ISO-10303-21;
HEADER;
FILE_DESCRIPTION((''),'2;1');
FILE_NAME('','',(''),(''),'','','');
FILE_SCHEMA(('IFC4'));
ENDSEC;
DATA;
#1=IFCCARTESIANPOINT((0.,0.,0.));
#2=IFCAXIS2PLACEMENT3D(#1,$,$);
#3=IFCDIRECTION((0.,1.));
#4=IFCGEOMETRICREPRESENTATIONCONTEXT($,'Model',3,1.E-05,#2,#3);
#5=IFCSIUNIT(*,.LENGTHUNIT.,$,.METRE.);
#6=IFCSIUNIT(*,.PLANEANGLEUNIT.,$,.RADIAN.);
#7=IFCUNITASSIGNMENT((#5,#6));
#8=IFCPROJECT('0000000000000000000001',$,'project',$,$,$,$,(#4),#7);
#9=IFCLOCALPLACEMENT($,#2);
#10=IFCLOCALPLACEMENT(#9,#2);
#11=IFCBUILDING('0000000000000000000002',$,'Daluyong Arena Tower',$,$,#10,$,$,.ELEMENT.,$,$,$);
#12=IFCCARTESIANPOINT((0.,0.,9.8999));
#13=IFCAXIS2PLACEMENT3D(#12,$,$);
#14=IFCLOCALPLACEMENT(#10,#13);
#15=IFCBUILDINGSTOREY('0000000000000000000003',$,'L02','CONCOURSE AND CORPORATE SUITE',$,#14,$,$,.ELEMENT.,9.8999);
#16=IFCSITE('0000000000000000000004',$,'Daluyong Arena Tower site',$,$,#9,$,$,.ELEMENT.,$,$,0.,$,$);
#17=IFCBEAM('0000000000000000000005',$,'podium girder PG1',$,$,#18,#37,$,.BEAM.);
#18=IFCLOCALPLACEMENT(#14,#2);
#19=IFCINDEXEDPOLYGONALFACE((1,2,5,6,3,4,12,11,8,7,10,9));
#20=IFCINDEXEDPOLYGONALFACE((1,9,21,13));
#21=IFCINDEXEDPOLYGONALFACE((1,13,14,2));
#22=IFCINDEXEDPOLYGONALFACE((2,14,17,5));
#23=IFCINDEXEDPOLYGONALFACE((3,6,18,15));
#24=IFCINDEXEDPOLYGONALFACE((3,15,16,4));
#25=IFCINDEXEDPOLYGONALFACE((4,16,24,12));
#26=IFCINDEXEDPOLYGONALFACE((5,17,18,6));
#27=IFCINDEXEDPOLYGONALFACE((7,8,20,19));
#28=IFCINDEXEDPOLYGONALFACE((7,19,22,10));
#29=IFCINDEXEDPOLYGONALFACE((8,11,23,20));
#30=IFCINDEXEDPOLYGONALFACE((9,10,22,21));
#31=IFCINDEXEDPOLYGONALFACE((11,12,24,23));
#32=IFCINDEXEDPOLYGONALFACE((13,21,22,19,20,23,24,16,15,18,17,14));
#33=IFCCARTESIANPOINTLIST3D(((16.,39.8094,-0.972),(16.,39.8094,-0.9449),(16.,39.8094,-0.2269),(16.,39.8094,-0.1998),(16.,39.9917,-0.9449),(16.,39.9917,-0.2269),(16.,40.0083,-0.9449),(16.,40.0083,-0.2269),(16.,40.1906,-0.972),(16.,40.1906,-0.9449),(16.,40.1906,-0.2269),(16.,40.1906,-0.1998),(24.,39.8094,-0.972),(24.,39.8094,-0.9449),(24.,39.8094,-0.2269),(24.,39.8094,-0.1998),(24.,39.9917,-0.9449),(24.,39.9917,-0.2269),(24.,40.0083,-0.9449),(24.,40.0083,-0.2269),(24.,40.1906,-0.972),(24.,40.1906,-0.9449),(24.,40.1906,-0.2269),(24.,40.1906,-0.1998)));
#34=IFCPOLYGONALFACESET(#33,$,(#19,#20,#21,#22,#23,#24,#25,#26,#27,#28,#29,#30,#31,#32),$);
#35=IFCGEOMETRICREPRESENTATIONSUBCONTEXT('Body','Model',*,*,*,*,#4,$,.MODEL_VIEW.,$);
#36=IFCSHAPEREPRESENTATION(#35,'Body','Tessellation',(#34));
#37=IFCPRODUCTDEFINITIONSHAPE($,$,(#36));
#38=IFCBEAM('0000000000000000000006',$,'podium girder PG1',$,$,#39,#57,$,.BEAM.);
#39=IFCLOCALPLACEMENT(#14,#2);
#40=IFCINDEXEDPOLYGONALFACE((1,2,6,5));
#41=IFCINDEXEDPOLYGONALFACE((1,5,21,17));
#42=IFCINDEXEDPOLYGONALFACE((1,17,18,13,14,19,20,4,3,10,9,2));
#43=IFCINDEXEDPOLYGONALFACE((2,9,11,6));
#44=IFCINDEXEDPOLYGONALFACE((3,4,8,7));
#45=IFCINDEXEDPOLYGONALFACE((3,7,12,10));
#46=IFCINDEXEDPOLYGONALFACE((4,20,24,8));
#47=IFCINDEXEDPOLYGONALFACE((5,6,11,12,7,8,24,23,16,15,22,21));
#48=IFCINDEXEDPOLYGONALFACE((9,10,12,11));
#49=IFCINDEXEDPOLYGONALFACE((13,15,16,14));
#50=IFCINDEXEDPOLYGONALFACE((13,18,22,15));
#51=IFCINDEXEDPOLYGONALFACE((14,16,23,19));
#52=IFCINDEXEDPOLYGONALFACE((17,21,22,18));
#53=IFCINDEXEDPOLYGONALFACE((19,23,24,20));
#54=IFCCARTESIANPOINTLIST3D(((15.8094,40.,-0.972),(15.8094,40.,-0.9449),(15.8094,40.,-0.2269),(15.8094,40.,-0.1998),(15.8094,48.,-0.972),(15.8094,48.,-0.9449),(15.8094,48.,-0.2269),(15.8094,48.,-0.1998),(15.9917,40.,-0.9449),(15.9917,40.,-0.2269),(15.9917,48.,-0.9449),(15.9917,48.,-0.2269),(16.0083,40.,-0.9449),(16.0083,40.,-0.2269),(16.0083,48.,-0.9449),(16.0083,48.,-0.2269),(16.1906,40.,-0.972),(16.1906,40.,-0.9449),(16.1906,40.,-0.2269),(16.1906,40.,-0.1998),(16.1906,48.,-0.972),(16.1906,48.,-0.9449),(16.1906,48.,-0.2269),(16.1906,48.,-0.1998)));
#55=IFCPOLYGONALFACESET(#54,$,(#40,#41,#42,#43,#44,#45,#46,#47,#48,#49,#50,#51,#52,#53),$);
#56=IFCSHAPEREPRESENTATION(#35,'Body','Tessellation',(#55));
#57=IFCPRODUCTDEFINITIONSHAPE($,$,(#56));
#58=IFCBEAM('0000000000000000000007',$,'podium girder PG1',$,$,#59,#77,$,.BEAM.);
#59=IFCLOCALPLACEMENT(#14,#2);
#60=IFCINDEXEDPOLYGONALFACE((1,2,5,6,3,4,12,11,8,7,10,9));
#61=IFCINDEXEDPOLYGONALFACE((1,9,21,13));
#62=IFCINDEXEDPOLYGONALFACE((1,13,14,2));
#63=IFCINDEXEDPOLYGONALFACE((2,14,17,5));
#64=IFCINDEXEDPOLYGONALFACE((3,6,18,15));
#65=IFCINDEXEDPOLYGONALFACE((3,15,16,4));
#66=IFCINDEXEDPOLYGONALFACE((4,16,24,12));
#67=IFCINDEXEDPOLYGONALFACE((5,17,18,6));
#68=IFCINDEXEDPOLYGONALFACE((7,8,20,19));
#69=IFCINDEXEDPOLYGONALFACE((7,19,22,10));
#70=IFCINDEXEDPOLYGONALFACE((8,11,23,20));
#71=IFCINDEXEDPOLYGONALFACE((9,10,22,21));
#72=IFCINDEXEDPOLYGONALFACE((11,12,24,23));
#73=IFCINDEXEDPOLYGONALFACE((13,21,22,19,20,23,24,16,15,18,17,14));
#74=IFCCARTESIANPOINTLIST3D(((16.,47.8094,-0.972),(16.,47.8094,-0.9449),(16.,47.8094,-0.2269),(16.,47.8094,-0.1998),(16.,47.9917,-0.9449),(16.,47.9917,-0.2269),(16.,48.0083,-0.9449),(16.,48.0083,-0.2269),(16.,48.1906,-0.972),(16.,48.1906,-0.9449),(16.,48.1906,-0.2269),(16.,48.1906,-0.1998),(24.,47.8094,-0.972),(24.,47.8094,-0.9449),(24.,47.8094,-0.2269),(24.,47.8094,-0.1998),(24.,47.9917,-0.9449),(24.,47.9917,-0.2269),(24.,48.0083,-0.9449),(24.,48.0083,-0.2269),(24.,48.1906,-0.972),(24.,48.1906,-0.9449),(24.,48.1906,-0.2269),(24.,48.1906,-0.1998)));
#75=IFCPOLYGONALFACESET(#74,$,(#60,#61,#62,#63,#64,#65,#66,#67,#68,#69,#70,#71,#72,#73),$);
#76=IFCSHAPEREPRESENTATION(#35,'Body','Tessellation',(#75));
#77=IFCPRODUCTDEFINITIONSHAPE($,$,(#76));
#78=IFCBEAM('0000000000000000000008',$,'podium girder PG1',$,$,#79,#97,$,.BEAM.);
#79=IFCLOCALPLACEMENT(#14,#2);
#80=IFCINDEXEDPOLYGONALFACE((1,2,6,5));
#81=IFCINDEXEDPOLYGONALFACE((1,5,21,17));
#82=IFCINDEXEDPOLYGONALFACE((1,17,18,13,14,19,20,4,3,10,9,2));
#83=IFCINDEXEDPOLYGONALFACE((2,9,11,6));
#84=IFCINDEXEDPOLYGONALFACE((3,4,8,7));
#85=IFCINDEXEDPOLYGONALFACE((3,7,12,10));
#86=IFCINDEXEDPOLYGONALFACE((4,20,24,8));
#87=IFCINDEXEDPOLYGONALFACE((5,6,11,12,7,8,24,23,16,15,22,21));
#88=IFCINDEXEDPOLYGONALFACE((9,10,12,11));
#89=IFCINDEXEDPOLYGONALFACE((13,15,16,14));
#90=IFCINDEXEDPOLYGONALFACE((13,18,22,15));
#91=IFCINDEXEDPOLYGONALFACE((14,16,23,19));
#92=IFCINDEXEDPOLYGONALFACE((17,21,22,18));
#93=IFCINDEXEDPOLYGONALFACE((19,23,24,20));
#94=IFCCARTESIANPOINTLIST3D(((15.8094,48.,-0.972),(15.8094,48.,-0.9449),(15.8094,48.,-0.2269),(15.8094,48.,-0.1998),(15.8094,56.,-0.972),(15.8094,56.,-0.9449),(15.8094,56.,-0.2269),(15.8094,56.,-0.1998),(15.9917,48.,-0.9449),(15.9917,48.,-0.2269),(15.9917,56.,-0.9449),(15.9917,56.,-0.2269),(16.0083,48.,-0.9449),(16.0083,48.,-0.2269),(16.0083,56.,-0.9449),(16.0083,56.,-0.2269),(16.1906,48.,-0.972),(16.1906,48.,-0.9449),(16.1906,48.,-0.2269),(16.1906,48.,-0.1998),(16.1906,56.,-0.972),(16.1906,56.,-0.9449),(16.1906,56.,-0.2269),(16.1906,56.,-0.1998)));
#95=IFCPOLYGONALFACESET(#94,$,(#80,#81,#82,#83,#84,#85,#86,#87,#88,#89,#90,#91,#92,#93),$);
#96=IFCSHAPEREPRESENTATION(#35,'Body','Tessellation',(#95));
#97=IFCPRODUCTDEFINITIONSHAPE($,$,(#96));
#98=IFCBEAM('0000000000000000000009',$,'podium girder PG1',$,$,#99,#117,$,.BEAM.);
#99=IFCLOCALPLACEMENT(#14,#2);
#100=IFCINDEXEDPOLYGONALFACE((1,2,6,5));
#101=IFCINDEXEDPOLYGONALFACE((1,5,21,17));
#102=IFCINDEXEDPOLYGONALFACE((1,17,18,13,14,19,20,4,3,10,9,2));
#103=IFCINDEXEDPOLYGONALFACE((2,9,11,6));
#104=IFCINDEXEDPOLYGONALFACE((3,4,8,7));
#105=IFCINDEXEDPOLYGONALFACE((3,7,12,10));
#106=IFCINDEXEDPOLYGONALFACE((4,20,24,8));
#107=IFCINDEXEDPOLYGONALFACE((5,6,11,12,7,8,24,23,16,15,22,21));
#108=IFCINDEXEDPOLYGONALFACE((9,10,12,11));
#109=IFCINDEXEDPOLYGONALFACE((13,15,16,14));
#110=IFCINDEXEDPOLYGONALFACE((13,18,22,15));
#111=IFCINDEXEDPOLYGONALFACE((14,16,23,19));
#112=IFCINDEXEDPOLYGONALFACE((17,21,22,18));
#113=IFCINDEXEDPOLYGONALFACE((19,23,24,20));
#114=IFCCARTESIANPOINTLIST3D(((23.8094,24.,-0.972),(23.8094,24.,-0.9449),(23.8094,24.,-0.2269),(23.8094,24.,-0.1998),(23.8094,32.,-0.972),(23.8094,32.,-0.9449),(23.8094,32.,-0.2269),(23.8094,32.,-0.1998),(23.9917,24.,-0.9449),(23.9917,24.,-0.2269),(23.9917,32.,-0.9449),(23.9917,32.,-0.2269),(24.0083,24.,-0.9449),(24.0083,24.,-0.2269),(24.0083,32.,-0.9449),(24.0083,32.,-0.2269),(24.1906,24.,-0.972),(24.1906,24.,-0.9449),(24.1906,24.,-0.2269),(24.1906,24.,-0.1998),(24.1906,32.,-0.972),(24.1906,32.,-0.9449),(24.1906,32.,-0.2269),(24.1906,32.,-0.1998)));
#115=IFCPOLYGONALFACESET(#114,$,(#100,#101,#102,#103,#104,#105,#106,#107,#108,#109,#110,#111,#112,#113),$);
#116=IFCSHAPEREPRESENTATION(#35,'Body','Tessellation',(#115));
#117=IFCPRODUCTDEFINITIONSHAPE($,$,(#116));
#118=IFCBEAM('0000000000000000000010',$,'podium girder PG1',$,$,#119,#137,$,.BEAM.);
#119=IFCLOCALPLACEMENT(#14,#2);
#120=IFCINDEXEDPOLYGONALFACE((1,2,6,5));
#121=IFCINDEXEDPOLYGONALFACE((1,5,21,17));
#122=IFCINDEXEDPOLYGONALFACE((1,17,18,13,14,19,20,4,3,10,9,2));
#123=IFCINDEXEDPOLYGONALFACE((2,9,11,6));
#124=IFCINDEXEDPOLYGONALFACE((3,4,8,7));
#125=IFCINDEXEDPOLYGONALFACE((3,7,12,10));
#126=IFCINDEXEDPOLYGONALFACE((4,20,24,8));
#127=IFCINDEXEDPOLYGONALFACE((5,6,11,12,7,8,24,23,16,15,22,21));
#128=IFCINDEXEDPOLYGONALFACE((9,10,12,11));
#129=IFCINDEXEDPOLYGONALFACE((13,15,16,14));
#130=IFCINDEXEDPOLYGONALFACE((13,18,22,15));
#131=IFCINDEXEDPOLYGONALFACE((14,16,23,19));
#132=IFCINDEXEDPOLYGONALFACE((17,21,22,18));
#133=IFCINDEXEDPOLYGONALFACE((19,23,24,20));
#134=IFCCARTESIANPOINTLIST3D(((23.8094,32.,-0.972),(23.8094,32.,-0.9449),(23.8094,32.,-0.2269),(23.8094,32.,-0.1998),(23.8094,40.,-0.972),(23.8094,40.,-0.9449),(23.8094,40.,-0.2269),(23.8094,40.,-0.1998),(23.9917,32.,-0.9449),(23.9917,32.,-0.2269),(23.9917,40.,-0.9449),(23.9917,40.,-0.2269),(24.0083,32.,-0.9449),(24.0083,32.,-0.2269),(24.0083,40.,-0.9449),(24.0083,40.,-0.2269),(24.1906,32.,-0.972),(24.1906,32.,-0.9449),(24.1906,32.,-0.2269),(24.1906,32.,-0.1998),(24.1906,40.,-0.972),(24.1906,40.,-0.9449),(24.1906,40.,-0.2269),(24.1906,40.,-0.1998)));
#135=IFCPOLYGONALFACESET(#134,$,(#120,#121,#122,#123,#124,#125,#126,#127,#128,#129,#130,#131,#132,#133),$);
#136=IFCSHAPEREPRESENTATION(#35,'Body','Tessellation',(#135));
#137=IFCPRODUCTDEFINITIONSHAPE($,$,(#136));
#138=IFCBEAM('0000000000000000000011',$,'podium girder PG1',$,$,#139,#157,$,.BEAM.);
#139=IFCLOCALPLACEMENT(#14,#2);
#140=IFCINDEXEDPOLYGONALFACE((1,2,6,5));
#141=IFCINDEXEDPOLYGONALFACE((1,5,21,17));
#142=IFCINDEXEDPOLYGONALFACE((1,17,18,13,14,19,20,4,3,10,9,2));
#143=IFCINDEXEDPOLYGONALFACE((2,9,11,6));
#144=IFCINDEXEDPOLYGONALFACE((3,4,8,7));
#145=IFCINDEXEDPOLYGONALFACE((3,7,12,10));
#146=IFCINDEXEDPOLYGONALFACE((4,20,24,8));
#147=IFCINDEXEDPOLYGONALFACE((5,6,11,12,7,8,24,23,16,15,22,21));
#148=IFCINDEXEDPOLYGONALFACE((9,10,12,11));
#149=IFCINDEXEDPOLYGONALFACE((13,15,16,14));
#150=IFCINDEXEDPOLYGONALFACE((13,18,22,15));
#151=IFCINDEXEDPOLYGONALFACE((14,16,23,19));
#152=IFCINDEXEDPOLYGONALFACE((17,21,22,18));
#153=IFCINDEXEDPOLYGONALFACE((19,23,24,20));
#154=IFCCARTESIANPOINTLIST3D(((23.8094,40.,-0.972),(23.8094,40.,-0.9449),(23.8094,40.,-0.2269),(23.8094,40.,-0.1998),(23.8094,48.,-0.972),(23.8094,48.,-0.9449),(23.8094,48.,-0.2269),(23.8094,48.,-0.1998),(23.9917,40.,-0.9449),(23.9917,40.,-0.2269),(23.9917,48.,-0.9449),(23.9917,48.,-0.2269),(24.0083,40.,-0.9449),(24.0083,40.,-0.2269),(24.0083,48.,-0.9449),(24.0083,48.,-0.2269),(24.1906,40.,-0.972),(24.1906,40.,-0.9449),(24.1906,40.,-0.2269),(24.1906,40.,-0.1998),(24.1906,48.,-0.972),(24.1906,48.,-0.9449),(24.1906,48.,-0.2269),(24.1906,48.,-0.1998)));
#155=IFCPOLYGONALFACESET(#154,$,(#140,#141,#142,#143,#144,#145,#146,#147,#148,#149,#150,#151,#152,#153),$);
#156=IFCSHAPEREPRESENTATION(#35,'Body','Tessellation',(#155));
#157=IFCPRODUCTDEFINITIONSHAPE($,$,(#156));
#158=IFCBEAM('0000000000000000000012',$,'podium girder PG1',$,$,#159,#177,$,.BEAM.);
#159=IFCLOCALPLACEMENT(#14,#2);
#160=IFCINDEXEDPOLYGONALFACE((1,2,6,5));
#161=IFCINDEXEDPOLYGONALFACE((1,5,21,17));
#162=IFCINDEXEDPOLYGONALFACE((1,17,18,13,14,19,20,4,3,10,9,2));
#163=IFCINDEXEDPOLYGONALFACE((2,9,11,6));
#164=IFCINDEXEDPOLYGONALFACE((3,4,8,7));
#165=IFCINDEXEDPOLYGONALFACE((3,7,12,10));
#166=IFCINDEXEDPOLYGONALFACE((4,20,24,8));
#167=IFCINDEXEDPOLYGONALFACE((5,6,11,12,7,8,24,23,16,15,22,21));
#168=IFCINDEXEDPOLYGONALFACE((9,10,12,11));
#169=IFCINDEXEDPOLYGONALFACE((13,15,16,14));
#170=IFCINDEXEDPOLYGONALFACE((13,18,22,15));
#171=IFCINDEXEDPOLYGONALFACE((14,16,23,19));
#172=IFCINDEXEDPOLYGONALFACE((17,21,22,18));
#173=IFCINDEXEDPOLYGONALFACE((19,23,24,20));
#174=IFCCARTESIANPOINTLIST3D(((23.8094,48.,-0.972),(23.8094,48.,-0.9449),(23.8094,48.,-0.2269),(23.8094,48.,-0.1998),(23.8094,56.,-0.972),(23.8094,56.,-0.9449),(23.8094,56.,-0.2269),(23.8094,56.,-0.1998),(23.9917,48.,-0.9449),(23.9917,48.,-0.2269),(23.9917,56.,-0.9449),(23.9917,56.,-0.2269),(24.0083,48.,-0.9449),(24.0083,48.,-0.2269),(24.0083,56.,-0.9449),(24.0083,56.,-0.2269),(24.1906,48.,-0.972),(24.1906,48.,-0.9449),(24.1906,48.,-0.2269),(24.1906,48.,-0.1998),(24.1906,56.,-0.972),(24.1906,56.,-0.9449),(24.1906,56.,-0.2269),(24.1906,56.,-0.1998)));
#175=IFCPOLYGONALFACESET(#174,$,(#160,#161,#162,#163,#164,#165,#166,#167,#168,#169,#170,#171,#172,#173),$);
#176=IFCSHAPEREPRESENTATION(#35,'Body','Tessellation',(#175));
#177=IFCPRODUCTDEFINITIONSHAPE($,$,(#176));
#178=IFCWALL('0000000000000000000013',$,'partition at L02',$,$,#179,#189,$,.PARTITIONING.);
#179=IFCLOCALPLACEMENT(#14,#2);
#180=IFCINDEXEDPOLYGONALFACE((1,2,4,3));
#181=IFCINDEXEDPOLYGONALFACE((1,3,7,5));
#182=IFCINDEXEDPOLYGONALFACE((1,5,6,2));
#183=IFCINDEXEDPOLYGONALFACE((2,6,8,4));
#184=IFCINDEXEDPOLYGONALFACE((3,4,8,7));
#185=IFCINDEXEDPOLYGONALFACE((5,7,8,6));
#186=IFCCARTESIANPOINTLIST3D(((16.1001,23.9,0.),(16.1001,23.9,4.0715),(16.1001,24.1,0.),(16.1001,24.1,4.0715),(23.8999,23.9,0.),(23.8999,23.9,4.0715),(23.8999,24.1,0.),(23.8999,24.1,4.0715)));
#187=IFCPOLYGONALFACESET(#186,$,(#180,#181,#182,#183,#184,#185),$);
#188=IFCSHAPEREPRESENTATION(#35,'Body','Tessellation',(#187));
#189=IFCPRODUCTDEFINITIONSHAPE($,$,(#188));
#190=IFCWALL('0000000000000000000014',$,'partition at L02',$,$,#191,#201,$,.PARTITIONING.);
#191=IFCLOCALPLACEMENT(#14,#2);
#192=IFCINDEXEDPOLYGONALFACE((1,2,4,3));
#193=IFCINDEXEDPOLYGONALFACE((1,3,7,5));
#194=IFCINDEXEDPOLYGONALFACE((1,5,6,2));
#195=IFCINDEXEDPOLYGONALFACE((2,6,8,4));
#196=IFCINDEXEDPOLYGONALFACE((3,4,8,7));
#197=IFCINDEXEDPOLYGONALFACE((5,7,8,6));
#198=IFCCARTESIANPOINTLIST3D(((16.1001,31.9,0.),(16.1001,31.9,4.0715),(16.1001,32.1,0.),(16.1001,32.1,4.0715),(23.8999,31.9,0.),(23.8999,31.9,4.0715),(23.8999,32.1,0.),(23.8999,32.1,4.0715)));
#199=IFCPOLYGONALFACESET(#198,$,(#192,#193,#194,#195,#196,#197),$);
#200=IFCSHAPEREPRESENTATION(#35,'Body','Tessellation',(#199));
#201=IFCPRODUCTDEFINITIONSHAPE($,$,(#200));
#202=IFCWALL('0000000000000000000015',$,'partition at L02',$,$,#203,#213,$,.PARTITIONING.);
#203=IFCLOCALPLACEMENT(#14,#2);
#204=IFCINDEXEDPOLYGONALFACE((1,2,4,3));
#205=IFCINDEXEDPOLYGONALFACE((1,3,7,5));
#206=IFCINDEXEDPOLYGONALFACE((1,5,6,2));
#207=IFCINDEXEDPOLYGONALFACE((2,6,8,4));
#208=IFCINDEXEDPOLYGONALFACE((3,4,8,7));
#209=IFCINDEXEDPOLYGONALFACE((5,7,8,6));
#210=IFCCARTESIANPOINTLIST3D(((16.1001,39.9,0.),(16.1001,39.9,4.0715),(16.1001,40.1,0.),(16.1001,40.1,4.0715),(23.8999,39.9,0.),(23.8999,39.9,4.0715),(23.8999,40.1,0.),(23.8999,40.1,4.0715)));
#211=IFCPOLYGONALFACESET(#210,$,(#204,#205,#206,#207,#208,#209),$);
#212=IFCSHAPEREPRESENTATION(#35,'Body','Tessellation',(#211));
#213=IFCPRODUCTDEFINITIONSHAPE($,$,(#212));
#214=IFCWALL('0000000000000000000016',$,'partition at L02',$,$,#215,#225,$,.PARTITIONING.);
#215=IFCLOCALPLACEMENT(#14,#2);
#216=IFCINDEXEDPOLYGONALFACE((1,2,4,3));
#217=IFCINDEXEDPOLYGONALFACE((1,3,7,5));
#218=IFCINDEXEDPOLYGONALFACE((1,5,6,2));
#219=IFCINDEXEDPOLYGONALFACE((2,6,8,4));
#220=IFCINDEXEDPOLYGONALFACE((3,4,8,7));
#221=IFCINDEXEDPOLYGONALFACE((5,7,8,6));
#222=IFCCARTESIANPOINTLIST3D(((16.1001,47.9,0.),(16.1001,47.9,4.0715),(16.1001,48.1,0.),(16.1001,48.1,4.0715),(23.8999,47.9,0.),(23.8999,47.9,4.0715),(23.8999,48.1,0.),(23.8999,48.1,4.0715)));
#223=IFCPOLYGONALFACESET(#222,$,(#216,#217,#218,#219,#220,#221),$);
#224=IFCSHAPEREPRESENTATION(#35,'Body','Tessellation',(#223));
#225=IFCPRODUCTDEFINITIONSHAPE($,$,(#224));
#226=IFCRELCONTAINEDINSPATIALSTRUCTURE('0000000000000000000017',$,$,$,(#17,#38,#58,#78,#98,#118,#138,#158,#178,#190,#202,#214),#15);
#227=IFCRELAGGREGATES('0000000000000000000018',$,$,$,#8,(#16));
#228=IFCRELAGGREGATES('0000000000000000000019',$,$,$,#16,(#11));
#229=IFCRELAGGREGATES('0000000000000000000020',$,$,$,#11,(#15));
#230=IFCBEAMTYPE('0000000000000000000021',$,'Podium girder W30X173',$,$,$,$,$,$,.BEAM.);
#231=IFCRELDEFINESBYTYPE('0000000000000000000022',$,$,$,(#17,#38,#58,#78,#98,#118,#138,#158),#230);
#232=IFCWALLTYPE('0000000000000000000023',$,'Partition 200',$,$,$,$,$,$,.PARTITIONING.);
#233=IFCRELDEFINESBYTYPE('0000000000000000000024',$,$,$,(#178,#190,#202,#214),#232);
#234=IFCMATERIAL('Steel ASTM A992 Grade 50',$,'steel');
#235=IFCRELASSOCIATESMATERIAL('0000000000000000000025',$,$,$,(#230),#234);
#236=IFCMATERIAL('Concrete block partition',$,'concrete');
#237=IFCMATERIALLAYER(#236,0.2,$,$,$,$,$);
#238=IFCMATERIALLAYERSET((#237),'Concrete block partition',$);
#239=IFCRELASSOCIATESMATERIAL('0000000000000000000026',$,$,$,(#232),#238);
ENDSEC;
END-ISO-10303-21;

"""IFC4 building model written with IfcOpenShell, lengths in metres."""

from ifc_helpers import new_model, si_unit, direction, frame, frame_2d, origin, origin_2d, place, context, subcontext, project, spatial, rectangle, i_section, extrude, material, layer, layer_set, material_profile, profile_set, type_object, element, save


model = new_model("IFC4")

# Units and contexts
model_context = context("Model", 3, precision=1e-05, world=origin(), true_north=direction((0.0, 1.0)))
body_context = subcontext(model_context, "Body", "Model", "MODEL_VIEW")
ifc_project = project(units=[si_unit("LENGTHUNIT", "METRE"), si_unit("PLANEANGLEUNIT", "RADIAN")], contexts=[model_context])

# Site, building, storey
site_placement = place(None, origin())
site = spatial("IfcSite", under=ifc_project, at=site_placement, Name="Daluyong Arena Tower site", CompositionType="ELEMENT", RefElevation=0.0)
building_placement = place(site_placement, origin())
building = spatial("IfcBuilding", under=site, at=building_placement, Name="Daluyong Arena Tower", CompositionType="ELEMENT")
storey_placement = place(building_placement, frame((0.0, 0.0, 9.8999)))
storey = spatial("IfcBuildingStorey", under=building, at=storey_placement, Name="L02", Description="CONCOURSE AND CORPORATE SUITE", CompositionType="ELEMENT", Elevation=9.8999)

# Beams
ifc_material_1 = material(Name="Steel ASTM A992 Grade 50", Category="steel")
ifc_material_profile_1 = material_profile(ifc_material_1, i_section(OverallWidth=0.3811, OverallDepth=0.7722, WebThickness=0.0166, FlangeThickness=0.0271, at=origin_2d()))
ifc_profile_set_1 = profile_set([ifc_material_profile_1], Name="Steel ASTM A992 Grade 50")
beam_type_1 = type_object("IfcBeamType", Name="Podium girder W30X173", PredefinedType="BEAM", material=ifc_profile_set_1)
for number, where, z_axis, x_axis, name in (
    (1, (16.0, 40.0, -0.5859), (1.0, 0.0, 0.0), (0.0, 1.0, 0.0), "podium girder PG1"),
    (2, (16.0, 40.0, -0.5859), (0.0, 1.0, 0.0), (-1.0, 0.0, 0.0), "podium girder PG1"),
    (3, (16.0, 48.0, -0.5859), (1.0, 0.0, 0.0), (0.0, 1.0, 0.0), "podium girder PG1"),
    (4, (16.0, 48.0, -0.5859), (0.0, 1.0, 0.0), (-1.0, 0.0, 0.0), "podium girder PG1"),
    (5, (24.0, 24.0, -0.5859), (0.0, 1.0, 0.0), (-1.0, 0.0, 0.0), "podium girder PG1"),
    (6, (24.0, 32.0, -0.5859), (0.0, 1.0, 0.0), (-1.0, 0.0, 0.0), "podium girder PG1"),
    (7, (24.0, 40.0, -0.5859), (0.0, 1.0, 0.0), (-1.0, 0.0, 0.0), "podium girder PG1"),
    (8, (24.0, 48.0, -0.5859), (0.0, 1.0, 0.0), (-1.0, 0.0, 0.0), "podium girder PG1"),
):
    element("IfcBeam", number, at=place(storey_placement, frame(where, z_axis=z_axis, x_axis=x_axis)), inside=storey, type_object=beam_type_1, Name=name, PredefinedType="BEAM", context=body_context, shape_type="SweptSolid", body=[
        extrude(i_section(OverallWidth=0.3811, OverallDepth=0.7722, WebThickness=0.0166, FlangeThickness=0.0271, at=origin_2d()), origin(), (0.0, 0.0, 1.0), 8.0),
    ])

# Walls
ifc_material_2 = material(Name="Concrete block partition", Category="concrete")
ifc_layer_1 = layer(ifc_material_2, 0.2)
ifc_layer_set_1 = layer_set([ifc_layer_1], Name="Concrete block partition")
wall_type_1 = type_object("IfcWallType", Name="Partition 200", PredefinedType="PARTITIONING", material=ifc_layer_set_1)
for number, where, z_axis, x_axis, name in (
    (9, (16.1001, 24.0, 0.0), (0.0, 0.0, 1.0), (1.0, 0.0, 0.0), "partition at L02"),
    (10, (16.1001, 32.0, 0.0), (0.0, 0.0, 1.0), (1.0, 0.0, 0.0), "partition at L02"),
    (11, (16.1001, 40.0, 0.0), (0.0, 0.0, 1.0), (1.0, 0.0, 0.0), "partition at L02"),
    (12, (16.1001, 48.0, 0.0), (0.0, 0.0, 1.0), (1.0, 0.0, 0.0), "partition at L02"),
):
    element("IfcWall", number, at=place(storey_placement, frame(where, z_axis=z_axis, x_axis=x_axis)), inside=storey, type_object=wall_type_1, Name=name, PredefinedType="PARTITIONING", context=body_context, shape_type="SweptSolid", body=[
        extrude(rectangle(XDim=7.7998, YDim=0.2, at=frame_2d((3.8999, 0.0))), origin(), (0.0, 0.0, 1.0), 4.0715),
    ])

save(model, "model.ifc")
